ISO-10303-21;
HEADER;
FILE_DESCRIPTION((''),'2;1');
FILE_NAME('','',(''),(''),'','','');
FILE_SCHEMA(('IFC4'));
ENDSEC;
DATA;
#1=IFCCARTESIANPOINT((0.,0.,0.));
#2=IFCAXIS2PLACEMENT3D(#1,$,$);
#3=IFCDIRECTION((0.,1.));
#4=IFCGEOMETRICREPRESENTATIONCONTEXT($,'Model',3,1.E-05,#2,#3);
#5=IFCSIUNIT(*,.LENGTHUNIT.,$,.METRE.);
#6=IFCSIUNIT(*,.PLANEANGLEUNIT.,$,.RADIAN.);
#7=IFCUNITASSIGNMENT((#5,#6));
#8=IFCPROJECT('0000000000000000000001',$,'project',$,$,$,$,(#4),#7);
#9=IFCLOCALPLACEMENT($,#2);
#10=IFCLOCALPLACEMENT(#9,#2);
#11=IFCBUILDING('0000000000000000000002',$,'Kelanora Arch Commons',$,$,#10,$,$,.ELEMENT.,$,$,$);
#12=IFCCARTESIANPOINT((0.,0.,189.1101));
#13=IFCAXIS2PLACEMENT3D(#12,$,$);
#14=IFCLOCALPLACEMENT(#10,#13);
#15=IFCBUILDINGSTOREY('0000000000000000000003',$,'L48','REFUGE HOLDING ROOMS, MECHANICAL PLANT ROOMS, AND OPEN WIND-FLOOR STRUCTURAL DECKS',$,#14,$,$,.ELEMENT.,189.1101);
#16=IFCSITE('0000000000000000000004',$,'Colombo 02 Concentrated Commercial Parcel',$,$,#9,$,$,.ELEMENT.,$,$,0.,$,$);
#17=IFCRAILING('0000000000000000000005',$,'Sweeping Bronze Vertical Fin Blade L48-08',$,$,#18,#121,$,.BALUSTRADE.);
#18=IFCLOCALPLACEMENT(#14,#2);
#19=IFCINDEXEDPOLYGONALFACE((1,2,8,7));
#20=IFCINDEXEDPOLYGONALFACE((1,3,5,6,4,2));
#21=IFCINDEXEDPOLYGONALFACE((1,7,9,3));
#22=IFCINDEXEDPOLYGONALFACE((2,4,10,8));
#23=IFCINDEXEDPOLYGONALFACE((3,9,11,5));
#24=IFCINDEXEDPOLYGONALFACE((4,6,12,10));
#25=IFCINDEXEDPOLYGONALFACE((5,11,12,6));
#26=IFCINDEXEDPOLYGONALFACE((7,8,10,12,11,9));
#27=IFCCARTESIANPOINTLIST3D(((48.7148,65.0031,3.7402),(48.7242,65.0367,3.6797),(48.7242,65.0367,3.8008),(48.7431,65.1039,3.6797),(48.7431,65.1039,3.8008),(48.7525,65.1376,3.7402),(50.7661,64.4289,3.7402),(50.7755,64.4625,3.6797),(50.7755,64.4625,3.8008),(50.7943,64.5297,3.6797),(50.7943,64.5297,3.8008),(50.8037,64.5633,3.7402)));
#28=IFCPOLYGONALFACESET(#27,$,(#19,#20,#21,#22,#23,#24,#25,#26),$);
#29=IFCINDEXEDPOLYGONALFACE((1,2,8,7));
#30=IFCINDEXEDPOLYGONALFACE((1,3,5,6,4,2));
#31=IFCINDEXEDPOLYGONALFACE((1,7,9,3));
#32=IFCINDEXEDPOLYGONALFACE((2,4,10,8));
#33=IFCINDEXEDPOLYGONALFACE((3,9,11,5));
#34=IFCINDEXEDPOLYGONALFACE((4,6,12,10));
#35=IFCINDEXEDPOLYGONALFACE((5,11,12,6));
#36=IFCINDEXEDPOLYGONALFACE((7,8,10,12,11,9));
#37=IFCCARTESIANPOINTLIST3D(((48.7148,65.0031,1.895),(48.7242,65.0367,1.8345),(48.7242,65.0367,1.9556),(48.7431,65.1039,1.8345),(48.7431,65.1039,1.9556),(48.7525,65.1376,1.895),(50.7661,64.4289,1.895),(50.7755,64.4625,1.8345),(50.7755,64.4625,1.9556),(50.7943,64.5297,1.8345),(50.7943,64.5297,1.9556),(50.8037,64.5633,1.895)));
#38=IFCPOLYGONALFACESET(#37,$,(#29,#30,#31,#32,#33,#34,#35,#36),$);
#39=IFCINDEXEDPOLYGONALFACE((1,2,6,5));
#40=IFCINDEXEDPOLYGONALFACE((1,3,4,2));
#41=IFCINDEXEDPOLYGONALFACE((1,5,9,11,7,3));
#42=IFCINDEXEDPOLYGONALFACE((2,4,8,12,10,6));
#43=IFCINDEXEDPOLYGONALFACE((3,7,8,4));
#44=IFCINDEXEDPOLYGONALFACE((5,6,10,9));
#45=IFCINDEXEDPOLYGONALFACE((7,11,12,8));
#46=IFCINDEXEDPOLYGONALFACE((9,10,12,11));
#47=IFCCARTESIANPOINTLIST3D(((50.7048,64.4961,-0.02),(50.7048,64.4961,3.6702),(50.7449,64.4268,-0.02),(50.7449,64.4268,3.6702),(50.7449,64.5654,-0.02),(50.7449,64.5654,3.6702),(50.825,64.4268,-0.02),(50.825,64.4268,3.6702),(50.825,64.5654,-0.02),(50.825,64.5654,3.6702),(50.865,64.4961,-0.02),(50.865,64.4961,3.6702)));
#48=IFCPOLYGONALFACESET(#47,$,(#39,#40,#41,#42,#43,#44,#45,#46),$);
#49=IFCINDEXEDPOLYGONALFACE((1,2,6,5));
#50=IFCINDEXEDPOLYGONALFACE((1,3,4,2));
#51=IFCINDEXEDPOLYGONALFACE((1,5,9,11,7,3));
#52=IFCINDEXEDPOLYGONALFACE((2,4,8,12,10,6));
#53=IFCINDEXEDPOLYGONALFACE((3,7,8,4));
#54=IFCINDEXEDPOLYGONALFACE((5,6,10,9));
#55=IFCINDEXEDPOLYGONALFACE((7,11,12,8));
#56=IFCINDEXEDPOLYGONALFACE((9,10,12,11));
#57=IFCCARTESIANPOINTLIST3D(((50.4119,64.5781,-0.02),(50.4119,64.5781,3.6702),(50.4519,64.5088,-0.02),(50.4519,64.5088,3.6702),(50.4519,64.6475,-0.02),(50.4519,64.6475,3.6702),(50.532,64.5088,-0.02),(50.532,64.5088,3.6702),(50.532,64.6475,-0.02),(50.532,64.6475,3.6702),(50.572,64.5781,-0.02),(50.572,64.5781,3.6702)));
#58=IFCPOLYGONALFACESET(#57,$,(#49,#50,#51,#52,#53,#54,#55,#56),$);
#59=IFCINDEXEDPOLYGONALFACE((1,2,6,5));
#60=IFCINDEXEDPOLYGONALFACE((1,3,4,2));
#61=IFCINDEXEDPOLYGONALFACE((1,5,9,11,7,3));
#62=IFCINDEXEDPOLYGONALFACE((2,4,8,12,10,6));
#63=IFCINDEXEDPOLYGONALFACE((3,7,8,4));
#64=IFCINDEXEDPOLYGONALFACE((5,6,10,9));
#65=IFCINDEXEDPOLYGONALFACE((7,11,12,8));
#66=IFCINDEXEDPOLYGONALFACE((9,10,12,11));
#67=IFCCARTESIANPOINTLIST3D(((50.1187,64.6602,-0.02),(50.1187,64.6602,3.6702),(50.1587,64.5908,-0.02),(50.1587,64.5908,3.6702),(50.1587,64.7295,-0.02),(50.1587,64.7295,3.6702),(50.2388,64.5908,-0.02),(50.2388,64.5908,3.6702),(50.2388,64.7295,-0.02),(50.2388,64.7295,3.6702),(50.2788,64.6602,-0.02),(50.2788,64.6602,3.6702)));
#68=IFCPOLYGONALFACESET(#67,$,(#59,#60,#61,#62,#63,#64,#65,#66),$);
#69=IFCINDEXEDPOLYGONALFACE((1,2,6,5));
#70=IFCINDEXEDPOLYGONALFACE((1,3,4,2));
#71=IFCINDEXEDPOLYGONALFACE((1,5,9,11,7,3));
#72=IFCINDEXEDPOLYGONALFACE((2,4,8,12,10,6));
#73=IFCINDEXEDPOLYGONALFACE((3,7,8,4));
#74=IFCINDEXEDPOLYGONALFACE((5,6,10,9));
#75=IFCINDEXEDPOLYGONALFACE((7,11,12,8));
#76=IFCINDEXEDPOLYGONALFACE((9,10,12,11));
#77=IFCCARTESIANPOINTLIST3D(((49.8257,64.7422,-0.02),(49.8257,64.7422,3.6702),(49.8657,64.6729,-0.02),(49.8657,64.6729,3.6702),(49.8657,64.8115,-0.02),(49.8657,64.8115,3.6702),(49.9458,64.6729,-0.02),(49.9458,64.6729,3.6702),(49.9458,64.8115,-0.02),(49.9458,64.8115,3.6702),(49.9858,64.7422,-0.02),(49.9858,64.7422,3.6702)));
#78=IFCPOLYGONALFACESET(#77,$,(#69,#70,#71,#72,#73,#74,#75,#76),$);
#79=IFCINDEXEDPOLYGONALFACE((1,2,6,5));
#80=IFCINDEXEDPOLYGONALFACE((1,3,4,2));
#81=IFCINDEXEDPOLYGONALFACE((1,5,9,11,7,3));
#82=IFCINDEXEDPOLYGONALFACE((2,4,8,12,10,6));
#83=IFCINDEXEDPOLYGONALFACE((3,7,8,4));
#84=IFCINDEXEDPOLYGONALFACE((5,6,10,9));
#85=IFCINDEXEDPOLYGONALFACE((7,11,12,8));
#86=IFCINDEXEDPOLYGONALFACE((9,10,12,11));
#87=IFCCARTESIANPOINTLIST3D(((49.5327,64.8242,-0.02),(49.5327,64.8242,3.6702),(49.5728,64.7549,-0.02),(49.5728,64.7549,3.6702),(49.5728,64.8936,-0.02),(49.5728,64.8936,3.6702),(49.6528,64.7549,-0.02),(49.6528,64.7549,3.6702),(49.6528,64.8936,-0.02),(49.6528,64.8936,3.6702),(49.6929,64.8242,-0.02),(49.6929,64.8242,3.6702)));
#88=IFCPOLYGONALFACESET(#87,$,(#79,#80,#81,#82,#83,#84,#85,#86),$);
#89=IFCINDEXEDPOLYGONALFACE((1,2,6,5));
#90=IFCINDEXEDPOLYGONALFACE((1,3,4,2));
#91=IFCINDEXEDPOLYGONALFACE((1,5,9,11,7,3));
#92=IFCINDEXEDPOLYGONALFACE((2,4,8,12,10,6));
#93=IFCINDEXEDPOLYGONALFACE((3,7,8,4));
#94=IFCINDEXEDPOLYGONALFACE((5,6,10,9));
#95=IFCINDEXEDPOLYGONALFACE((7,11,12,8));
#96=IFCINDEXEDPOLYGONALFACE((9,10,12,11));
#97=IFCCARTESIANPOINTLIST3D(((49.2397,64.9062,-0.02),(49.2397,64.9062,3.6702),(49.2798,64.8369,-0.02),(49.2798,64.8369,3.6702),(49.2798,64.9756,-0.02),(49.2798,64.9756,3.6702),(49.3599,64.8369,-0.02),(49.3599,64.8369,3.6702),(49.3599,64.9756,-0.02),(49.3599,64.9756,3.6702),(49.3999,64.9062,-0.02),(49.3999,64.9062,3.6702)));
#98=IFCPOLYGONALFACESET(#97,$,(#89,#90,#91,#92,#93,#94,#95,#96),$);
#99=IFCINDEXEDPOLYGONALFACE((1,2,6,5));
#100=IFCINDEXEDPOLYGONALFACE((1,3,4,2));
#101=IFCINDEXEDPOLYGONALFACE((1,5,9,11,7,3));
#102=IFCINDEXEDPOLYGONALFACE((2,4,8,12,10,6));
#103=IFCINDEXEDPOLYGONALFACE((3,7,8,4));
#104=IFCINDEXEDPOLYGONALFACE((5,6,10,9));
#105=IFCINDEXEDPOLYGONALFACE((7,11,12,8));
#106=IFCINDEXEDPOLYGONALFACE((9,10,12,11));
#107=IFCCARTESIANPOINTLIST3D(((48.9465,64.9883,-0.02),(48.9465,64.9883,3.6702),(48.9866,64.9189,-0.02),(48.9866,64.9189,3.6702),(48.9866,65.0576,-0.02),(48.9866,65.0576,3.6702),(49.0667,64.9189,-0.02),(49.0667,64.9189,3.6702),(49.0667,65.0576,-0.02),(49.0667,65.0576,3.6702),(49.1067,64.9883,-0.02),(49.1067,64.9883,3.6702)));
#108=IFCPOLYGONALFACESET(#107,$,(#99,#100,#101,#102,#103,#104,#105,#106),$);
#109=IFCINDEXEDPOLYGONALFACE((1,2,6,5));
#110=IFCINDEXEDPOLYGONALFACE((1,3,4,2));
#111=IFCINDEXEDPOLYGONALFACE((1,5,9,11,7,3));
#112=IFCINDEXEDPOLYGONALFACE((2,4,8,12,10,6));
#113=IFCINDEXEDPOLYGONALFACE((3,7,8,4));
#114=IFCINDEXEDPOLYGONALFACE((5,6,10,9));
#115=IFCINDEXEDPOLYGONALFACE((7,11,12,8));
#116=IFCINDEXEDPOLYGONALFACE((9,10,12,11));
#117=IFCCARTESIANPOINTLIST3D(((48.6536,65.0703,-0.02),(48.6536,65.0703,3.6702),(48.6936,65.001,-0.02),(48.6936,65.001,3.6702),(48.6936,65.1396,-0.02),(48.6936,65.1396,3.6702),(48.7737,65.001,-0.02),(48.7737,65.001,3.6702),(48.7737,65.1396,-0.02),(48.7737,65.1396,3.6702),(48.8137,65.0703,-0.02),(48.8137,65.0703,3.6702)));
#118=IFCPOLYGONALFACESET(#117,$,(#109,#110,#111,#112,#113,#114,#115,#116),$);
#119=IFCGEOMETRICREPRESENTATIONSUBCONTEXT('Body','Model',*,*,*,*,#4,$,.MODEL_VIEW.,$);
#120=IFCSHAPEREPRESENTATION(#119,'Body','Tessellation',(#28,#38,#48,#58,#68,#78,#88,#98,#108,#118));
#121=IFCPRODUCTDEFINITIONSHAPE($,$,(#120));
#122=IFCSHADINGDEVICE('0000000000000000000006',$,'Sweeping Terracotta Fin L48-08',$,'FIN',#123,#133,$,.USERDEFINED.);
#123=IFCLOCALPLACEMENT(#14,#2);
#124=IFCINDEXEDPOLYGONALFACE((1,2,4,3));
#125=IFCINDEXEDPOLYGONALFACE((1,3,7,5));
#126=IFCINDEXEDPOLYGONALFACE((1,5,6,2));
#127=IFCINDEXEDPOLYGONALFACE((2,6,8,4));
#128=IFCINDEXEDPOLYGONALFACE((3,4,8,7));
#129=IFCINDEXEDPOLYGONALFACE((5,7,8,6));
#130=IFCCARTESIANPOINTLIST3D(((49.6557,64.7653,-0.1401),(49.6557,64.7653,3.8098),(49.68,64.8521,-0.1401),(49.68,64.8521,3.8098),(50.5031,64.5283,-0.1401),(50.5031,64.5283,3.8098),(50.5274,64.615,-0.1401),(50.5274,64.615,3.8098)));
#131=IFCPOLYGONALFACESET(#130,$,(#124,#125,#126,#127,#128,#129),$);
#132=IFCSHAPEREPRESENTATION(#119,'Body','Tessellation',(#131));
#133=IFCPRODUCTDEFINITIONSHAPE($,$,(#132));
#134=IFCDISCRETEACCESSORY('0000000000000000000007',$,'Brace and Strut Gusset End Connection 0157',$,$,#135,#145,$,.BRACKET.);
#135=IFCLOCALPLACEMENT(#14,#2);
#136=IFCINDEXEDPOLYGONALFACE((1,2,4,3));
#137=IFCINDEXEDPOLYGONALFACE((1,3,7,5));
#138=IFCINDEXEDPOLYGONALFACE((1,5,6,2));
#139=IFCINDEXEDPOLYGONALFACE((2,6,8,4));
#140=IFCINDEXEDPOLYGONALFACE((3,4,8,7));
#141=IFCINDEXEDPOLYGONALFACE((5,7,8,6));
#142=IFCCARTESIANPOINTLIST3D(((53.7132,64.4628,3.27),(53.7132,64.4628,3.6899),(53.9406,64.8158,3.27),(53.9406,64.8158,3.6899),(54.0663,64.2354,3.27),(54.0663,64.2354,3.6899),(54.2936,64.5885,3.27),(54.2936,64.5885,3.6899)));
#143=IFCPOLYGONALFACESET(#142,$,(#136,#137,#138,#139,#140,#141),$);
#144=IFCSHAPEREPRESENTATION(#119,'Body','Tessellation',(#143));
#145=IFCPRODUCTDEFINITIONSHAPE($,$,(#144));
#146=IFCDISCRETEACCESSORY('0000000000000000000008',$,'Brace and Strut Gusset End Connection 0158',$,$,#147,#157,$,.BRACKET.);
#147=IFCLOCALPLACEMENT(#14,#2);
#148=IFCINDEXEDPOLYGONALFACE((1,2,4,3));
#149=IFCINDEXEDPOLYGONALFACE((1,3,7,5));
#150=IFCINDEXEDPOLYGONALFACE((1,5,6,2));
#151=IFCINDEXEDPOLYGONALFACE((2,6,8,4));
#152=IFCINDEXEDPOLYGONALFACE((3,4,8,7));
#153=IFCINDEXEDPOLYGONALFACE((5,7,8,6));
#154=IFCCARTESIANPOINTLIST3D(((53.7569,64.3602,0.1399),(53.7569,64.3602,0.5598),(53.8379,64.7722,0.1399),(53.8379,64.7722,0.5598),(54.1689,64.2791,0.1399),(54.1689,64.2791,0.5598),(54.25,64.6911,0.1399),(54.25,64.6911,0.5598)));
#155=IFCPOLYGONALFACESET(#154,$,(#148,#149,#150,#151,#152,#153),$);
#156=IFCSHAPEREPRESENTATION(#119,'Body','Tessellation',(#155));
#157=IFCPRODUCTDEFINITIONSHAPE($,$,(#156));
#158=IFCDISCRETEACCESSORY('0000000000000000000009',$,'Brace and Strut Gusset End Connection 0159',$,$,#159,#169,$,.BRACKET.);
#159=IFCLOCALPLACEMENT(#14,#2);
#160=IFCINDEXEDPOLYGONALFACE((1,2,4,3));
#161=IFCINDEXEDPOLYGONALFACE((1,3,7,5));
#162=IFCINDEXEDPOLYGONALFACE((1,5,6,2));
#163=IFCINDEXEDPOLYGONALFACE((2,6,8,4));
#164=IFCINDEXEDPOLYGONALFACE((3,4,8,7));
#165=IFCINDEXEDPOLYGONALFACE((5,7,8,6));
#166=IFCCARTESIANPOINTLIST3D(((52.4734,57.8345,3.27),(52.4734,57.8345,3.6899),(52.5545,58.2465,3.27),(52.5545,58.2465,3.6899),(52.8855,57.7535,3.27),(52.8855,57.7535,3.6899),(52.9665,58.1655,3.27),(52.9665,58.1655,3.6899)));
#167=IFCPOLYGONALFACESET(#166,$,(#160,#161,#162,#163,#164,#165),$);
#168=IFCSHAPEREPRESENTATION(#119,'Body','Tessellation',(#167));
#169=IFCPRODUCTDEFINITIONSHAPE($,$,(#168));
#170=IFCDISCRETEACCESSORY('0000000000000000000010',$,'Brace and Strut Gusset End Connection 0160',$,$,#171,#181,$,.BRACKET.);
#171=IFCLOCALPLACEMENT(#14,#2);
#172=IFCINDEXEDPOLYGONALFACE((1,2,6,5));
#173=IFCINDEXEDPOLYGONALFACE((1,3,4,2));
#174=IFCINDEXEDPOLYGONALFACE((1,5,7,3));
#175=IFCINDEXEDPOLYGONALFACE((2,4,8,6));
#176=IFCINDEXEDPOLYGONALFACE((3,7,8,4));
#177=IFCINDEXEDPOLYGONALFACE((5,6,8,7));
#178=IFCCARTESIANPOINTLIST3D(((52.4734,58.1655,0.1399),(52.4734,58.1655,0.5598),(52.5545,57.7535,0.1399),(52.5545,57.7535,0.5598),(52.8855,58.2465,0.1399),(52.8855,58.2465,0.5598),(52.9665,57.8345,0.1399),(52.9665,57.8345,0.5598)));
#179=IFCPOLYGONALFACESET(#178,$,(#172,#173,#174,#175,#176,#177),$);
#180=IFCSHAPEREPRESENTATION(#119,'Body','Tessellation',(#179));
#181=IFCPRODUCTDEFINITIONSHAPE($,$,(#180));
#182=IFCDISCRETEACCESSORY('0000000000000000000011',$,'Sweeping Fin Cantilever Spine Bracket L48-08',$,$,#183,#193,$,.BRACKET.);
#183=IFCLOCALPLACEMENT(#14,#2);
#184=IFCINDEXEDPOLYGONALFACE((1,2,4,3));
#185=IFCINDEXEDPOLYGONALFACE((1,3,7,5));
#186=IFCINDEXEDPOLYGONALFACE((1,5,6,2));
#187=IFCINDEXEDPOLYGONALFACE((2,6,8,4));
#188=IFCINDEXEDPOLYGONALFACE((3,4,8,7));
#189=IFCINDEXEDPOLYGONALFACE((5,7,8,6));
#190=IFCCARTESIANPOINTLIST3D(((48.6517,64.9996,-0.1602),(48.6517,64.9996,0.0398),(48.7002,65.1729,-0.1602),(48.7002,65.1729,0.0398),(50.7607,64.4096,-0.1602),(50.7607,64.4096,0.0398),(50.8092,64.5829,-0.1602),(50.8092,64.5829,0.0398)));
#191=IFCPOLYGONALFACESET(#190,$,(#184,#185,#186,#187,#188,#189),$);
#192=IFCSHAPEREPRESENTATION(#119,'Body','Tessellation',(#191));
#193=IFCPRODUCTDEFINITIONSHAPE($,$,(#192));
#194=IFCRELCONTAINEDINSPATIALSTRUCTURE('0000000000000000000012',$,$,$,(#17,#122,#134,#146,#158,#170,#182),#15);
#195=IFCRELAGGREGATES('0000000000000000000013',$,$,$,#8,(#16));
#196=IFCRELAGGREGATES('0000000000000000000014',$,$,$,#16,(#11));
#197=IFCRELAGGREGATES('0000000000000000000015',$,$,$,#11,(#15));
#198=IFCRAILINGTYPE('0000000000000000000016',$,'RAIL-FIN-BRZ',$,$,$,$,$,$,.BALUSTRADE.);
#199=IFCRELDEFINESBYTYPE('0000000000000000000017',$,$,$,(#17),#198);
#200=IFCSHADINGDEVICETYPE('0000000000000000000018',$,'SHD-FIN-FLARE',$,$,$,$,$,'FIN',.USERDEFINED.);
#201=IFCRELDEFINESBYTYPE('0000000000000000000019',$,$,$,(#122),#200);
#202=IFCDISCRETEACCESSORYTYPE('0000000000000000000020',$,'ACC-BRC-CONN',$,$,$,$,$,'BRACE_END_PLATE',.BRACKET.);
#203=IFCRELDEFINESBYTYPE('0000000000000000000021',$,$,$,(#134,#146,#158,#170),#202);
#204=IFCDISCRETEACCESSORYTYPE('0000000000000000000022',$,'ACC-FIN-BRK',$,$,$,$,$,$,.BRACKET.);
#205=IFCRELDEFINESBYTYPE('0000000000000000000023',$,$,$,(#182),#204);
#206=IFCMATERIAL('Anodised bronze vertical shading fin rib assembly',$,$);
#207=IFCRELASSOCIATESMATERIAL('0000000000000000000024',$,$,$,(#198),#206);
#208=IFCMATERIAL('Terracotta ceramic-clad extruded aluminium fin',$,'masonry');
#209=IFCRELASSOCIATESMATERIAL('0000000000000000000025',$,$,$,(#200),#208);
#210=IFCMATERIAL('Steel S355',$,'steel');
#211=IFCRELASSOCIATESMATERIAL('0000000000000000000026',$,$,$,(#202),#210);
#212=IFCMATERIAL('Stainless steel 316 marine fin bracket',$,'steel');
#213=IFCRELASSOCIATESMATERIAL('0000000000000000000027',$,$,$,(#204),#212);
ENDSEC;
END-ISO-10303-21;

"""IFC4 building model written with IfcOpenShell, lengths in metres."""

from ifc_helpers import new_model, si_unit, direction, frame, origin, origin_2d, place, context, subcontext, project, spatial, polyline, rectangle, outline, extrude, source, transform, mapped, material, type_object, element, save


model = new_model("IFC4")

# Units and contexts
model_context = context("Model", 3, precision=1e-05, world=origin(), true_north=direction((0.0, 1.0)))
body_context = subcontext(model_context, "Body", "Model", "MODEL_VIEW")
ifc_project = project(units=[si_unit("LENGTHUNIT", "METRE"), si_unit("PLANEANGLEUNIT", "RADIAN")], contexts=[model_context])

# Site, building, storey
site_placement = place(None, origin())
site = spatial("IfcSite", under=ifc_project, at=site_placement, Name="Colombo 02 Concentrated Commercial Parcel", CompositionType="ELEMENT", RefElevation=0.0)
building_placement = place(site_placement, origin())
building = spatial("IfcBuilding", under=site, at=building_placement, Name="Kelanora Arch Commons", CompositionType="ELEMENT")
storey_placement = place(building_placement, frame((0.0, 0.0, 189.1101)))
storey = spatial("IfcBuildingStorey", under=building, at=storey_placement, Name="L48", Description="REFUGE HOLDING ROOMS, MECHANICAL PLANT ROOMS, AND OPEN WIND-FLOOR STRUCTURAL DECKS", CompositionType="ELEMENT", Elevation=189.1101)

# Shared definitions
ifc_material_1 = material(Name="Steel S355", Category="steel")

# Railing
ifc_material_2 = material(Name="Anodised bronze vertical shading fin rib assembly")
railing_type = type_object("IfcRailingType", Name="RAIL-FIN-BRZ", PredefinedType="BALUSTRADE", material=ifc_material_2)
railing_placement = place(storey_placement, frame((50.7849, 64.4961, -0.02)))
element("IfcRailing", 1, at=railing_placement, inside=storey, type_object=railing_type, Name="Sweeping Bronze Vertical Fin Blade L48-08", PredefinedType="BALUSTRADE", context=body_context, shape_type="SweptSolid", body=[
    extrude(outline(polyline([(0.0698, 0.0), (0.0349, 0.0605), (-0.0349, 0.0605), (-0.0698, 0.0), (-0.0349, -0.0605), (0.0349, -0.0605), (0.0698, 0.0)])), frame((0.0, 0.0, 3.7603), z_axis=(-0.962981, 0.26957, 0.0), x_axis=(-0.26957, -0.962981, 0.0)), (0.0, 0.0, 1.0), 2.1301),
    extrude(outline(polyline([(0.0698, 0.0), (0.0349, 0.0605), (-0.0349, 0.0605), (-0.0698, 0.0), (-0.0349, -0.0605), (0.0349, -0.0605), (0.0698, 0.0)])), frame((0.0, 0.0, 1.915), z_axis=(-0.962981, 0.26957, 0.0), x_axis=(-0.26957, -0.962981, 0.0)), (0.0, 0.0, 1.0), 2.1301),
    extrude(outline(polyline([(0.0801, 0.0), (0.04, 0.0693), (-0.04, 0.0693), (-0.0801, 0.0), (-0.04, -0.0693), (0.04, -0.0693), (0.0801, 0.0)])), origin(), (0.0, 0.0, 1.0), 3.6902),
    extrude(outline(polyline([(0.0801, 0.0), (0.04, 0.0693), (-0.04, 0.0693), (-0.0801, 0.0), (-0.04, -0.0693), (0.04, -0.0693), (0.0801, 0.0)])), frame((-0.293, 0.082, 0.0)), (0.0, 0.0, 1.0), 3.6902),
    extrude(outline(polyline([(0.0801, 0.0), (0.04, 0.0693), (-0.04, 0.0693), (-0.0801, 0.0), (-0.04, -0.0693), (0.04, -0.0693), (0.0801, 0.0)])), frame((-0.5862, 0.1641, 0.0)), (0.0, 0.0, 1.0), 3.6902),
    extrude(outline(polyline([(0.0801, 0.0), (0.04, 0.0693), (-0.04, 0.0693), (-0.0801, 0.0), (-0.04, -0.0693), (0.04, -0.0693), (0.0801, 0.0)])), frame((-0.8792, 0.2461, 0.0)), (0.0, 0.0, 1.0), 3.6902),
    extrude(outline(polyline([(0.0801, 0.0), (0.04, 0.0693), (-0.04, 0.0693), (-0.0801, 0.0), (-0.04, -0.0693), (0.04, -0.0693), (0.0801, 0.0)])), frame((-1.1721, 0.3281, 0.0)), (0.0, 0.0, 1.0), 3.6902),
    extrude(outline(polyline([(0.0801, 0.0), (0.04, 0.0693), (-0.04, 0.0693), (-0.0801, 0.0), (-0.04, -0.0693), (0.04, -0.0693), (0.0801, 0.0)])), frame((-1.4651, 0.4102, 0.0)), (0.0, 0.0, 1.0), 3.6902),
    extrude(outline(polyline([(0.0801, 0.0), (0.04, 0.0693), (-0.04, 0.0693), (-0.0801, 0.0), (-0.04, -0.0693), (0.04, -0.0693), (0.0801, 0.0)])), frame((-1.7583, 0.4922, 0.0)), (0.0, 0.0, 1.0), 3.6902),
    extrude(outline(polyline([(0.0801, 0.0), (0.04, 0.0693), (-0.04, 0.0693), (-0.0801, 0.0), (-0.04, -0.0693), (0.04, -0.0693), (0.0801, 0.0)])), frame((-2.0513, 0.5742, 0.0)), (0.0, 0.0, 1.0), 3.6902),
])

# Shading device
ifc_material_3 = material(Name="Terracotta ceramic-clad extruded aluminium fin", Category="masonry")
shading_device_type = type_object("IfcShadingDeviceType", Name="SHD-FIN-FLARE", ElementType="FIN", PredefinedType="USERDEFINED", material=ifc_material_3)
shared_shape_1 = source(origin(), body_context, "Body", "SweptSolid", [
    extrude(rectangle(XDim=0.8799, YDim=0.0901, at=origin_2d()), origin(), (0.0, 0.0, 1.0), 3.95),
])
shading_device_placement = place(storey_placement, frame((50.0916, 64.6902, -0.1401), z_axis=(0.0, 0.0, 1.0), x_axis=(-0.963022, 0.269424, 0.0)))
element("IfcShadingDevice", 2, at=shading_device_placement, inside=storey, type_object=shading_device_type, Name="Sweeping Terracotta Fin L48-08", ObjectType="FIN", PredefinedType="USERDEFINED", context=body_context, shape_type="MappedRepresentation", body=[
    mapped(shared_shape_1, transform((0.0, 0.0, 0.0), scale=1.0)),
])

# Discrete accessories
discrete_accessory_type_1 = type_object("IfcDiscreteAccessoryType", Name="ACC-BRC-CONN", ElementType="BRACE_END_PLATE", PredefinedType="BRACKET", material=ifc_material_1)
shared_shape_2 = source(origin(), body_context, "Body", "SweptSolid", [
    extrude(rectangle(XDim=0.4199, YDim=0.4199, at=origin_2d()), origin(), (0.0, 0.0, 1.0), 0.4199),
])
for number, where, z_axis, x_axis, name in (
    (3, (54.0034, 64.5256, 3.27), (0.0, 0.0, 1.0), (-0.541415, -0.840756, 0.0), "Brace and Strut Gusset End Connection 0157"),
    (4, (54.0034, 64.5256, 0.1399), (0.0, 0.0, 1.0), (-0.193036, -0.981192, 0.0), "Brace and Strut Gusset End Connection 0158"),
    (5, (52.72, 58.0, 3.27), (0.0, 0.0, 1.0), (-0.193036, -0.981192, 0.0), "Brace and Strut Gusset End Connection 0159"),
    (6, (52.72, 58.0, 0.1399), (0.0, 0.0, 1.0), (0.193036, -0.981192, 0.0), "Brace and Strut Gusset End Connection 0160"),
):
    element("IfcDiscreteAccessory", number, at=place(storey_placement, frame(where, z_axis=z_axis, x_axis=x_axis)), inside=storey, type_object=discrete_accessory_type_1, Name=name, PredefinedType="BRACKET", context=body_context, shape_type="MappedRepresentation", body=[
        mapped(shared_shape_2, transform((0.0, 0.0, 0.0), scale=1.0)),
    ])
ifc_material_4 = material(Name="Stainless steel 316 marine fin bracket", Category="steel")
discrete_accessory_type_2 = type_object("IfcDiscreteAccessoryType", Name="ACC-FIN-BRK", PredefinedType="BRACKET", material=ifc_material_4)
shared_shape_3 = source(origin(), body_context, "Body", "SweptSolid", [
    extrude(rectangle(XDim=2.1899, YDim=0.1799, at=origin_2d()), origin(), (0.0, 0.0, 1.0), 0.2),
])
discrete_accessory_placement = place(storey_placement, frame((49.7305, 64.7913, -0.1602), z_axis=(0.0, 0.0, 1.0), x_axis=(-0.963022, 0.269424, 0.0)))
element("IfcDiscreteAccessory", 7, at=discrete_accessory_placement, inside=storey, type_object=discrete_accessory_type_2, Name="Sweeping Fin Cantilever Spine Bracket L48-08", PredefinedType="BRACKET", context=body_context, shape_type="MappedRepresentation", body=[
    mapped(shared_shape_3, transform((0.0, 0.0, 0.0), scale=1.0)),
])

save(model, "model.ifc")
